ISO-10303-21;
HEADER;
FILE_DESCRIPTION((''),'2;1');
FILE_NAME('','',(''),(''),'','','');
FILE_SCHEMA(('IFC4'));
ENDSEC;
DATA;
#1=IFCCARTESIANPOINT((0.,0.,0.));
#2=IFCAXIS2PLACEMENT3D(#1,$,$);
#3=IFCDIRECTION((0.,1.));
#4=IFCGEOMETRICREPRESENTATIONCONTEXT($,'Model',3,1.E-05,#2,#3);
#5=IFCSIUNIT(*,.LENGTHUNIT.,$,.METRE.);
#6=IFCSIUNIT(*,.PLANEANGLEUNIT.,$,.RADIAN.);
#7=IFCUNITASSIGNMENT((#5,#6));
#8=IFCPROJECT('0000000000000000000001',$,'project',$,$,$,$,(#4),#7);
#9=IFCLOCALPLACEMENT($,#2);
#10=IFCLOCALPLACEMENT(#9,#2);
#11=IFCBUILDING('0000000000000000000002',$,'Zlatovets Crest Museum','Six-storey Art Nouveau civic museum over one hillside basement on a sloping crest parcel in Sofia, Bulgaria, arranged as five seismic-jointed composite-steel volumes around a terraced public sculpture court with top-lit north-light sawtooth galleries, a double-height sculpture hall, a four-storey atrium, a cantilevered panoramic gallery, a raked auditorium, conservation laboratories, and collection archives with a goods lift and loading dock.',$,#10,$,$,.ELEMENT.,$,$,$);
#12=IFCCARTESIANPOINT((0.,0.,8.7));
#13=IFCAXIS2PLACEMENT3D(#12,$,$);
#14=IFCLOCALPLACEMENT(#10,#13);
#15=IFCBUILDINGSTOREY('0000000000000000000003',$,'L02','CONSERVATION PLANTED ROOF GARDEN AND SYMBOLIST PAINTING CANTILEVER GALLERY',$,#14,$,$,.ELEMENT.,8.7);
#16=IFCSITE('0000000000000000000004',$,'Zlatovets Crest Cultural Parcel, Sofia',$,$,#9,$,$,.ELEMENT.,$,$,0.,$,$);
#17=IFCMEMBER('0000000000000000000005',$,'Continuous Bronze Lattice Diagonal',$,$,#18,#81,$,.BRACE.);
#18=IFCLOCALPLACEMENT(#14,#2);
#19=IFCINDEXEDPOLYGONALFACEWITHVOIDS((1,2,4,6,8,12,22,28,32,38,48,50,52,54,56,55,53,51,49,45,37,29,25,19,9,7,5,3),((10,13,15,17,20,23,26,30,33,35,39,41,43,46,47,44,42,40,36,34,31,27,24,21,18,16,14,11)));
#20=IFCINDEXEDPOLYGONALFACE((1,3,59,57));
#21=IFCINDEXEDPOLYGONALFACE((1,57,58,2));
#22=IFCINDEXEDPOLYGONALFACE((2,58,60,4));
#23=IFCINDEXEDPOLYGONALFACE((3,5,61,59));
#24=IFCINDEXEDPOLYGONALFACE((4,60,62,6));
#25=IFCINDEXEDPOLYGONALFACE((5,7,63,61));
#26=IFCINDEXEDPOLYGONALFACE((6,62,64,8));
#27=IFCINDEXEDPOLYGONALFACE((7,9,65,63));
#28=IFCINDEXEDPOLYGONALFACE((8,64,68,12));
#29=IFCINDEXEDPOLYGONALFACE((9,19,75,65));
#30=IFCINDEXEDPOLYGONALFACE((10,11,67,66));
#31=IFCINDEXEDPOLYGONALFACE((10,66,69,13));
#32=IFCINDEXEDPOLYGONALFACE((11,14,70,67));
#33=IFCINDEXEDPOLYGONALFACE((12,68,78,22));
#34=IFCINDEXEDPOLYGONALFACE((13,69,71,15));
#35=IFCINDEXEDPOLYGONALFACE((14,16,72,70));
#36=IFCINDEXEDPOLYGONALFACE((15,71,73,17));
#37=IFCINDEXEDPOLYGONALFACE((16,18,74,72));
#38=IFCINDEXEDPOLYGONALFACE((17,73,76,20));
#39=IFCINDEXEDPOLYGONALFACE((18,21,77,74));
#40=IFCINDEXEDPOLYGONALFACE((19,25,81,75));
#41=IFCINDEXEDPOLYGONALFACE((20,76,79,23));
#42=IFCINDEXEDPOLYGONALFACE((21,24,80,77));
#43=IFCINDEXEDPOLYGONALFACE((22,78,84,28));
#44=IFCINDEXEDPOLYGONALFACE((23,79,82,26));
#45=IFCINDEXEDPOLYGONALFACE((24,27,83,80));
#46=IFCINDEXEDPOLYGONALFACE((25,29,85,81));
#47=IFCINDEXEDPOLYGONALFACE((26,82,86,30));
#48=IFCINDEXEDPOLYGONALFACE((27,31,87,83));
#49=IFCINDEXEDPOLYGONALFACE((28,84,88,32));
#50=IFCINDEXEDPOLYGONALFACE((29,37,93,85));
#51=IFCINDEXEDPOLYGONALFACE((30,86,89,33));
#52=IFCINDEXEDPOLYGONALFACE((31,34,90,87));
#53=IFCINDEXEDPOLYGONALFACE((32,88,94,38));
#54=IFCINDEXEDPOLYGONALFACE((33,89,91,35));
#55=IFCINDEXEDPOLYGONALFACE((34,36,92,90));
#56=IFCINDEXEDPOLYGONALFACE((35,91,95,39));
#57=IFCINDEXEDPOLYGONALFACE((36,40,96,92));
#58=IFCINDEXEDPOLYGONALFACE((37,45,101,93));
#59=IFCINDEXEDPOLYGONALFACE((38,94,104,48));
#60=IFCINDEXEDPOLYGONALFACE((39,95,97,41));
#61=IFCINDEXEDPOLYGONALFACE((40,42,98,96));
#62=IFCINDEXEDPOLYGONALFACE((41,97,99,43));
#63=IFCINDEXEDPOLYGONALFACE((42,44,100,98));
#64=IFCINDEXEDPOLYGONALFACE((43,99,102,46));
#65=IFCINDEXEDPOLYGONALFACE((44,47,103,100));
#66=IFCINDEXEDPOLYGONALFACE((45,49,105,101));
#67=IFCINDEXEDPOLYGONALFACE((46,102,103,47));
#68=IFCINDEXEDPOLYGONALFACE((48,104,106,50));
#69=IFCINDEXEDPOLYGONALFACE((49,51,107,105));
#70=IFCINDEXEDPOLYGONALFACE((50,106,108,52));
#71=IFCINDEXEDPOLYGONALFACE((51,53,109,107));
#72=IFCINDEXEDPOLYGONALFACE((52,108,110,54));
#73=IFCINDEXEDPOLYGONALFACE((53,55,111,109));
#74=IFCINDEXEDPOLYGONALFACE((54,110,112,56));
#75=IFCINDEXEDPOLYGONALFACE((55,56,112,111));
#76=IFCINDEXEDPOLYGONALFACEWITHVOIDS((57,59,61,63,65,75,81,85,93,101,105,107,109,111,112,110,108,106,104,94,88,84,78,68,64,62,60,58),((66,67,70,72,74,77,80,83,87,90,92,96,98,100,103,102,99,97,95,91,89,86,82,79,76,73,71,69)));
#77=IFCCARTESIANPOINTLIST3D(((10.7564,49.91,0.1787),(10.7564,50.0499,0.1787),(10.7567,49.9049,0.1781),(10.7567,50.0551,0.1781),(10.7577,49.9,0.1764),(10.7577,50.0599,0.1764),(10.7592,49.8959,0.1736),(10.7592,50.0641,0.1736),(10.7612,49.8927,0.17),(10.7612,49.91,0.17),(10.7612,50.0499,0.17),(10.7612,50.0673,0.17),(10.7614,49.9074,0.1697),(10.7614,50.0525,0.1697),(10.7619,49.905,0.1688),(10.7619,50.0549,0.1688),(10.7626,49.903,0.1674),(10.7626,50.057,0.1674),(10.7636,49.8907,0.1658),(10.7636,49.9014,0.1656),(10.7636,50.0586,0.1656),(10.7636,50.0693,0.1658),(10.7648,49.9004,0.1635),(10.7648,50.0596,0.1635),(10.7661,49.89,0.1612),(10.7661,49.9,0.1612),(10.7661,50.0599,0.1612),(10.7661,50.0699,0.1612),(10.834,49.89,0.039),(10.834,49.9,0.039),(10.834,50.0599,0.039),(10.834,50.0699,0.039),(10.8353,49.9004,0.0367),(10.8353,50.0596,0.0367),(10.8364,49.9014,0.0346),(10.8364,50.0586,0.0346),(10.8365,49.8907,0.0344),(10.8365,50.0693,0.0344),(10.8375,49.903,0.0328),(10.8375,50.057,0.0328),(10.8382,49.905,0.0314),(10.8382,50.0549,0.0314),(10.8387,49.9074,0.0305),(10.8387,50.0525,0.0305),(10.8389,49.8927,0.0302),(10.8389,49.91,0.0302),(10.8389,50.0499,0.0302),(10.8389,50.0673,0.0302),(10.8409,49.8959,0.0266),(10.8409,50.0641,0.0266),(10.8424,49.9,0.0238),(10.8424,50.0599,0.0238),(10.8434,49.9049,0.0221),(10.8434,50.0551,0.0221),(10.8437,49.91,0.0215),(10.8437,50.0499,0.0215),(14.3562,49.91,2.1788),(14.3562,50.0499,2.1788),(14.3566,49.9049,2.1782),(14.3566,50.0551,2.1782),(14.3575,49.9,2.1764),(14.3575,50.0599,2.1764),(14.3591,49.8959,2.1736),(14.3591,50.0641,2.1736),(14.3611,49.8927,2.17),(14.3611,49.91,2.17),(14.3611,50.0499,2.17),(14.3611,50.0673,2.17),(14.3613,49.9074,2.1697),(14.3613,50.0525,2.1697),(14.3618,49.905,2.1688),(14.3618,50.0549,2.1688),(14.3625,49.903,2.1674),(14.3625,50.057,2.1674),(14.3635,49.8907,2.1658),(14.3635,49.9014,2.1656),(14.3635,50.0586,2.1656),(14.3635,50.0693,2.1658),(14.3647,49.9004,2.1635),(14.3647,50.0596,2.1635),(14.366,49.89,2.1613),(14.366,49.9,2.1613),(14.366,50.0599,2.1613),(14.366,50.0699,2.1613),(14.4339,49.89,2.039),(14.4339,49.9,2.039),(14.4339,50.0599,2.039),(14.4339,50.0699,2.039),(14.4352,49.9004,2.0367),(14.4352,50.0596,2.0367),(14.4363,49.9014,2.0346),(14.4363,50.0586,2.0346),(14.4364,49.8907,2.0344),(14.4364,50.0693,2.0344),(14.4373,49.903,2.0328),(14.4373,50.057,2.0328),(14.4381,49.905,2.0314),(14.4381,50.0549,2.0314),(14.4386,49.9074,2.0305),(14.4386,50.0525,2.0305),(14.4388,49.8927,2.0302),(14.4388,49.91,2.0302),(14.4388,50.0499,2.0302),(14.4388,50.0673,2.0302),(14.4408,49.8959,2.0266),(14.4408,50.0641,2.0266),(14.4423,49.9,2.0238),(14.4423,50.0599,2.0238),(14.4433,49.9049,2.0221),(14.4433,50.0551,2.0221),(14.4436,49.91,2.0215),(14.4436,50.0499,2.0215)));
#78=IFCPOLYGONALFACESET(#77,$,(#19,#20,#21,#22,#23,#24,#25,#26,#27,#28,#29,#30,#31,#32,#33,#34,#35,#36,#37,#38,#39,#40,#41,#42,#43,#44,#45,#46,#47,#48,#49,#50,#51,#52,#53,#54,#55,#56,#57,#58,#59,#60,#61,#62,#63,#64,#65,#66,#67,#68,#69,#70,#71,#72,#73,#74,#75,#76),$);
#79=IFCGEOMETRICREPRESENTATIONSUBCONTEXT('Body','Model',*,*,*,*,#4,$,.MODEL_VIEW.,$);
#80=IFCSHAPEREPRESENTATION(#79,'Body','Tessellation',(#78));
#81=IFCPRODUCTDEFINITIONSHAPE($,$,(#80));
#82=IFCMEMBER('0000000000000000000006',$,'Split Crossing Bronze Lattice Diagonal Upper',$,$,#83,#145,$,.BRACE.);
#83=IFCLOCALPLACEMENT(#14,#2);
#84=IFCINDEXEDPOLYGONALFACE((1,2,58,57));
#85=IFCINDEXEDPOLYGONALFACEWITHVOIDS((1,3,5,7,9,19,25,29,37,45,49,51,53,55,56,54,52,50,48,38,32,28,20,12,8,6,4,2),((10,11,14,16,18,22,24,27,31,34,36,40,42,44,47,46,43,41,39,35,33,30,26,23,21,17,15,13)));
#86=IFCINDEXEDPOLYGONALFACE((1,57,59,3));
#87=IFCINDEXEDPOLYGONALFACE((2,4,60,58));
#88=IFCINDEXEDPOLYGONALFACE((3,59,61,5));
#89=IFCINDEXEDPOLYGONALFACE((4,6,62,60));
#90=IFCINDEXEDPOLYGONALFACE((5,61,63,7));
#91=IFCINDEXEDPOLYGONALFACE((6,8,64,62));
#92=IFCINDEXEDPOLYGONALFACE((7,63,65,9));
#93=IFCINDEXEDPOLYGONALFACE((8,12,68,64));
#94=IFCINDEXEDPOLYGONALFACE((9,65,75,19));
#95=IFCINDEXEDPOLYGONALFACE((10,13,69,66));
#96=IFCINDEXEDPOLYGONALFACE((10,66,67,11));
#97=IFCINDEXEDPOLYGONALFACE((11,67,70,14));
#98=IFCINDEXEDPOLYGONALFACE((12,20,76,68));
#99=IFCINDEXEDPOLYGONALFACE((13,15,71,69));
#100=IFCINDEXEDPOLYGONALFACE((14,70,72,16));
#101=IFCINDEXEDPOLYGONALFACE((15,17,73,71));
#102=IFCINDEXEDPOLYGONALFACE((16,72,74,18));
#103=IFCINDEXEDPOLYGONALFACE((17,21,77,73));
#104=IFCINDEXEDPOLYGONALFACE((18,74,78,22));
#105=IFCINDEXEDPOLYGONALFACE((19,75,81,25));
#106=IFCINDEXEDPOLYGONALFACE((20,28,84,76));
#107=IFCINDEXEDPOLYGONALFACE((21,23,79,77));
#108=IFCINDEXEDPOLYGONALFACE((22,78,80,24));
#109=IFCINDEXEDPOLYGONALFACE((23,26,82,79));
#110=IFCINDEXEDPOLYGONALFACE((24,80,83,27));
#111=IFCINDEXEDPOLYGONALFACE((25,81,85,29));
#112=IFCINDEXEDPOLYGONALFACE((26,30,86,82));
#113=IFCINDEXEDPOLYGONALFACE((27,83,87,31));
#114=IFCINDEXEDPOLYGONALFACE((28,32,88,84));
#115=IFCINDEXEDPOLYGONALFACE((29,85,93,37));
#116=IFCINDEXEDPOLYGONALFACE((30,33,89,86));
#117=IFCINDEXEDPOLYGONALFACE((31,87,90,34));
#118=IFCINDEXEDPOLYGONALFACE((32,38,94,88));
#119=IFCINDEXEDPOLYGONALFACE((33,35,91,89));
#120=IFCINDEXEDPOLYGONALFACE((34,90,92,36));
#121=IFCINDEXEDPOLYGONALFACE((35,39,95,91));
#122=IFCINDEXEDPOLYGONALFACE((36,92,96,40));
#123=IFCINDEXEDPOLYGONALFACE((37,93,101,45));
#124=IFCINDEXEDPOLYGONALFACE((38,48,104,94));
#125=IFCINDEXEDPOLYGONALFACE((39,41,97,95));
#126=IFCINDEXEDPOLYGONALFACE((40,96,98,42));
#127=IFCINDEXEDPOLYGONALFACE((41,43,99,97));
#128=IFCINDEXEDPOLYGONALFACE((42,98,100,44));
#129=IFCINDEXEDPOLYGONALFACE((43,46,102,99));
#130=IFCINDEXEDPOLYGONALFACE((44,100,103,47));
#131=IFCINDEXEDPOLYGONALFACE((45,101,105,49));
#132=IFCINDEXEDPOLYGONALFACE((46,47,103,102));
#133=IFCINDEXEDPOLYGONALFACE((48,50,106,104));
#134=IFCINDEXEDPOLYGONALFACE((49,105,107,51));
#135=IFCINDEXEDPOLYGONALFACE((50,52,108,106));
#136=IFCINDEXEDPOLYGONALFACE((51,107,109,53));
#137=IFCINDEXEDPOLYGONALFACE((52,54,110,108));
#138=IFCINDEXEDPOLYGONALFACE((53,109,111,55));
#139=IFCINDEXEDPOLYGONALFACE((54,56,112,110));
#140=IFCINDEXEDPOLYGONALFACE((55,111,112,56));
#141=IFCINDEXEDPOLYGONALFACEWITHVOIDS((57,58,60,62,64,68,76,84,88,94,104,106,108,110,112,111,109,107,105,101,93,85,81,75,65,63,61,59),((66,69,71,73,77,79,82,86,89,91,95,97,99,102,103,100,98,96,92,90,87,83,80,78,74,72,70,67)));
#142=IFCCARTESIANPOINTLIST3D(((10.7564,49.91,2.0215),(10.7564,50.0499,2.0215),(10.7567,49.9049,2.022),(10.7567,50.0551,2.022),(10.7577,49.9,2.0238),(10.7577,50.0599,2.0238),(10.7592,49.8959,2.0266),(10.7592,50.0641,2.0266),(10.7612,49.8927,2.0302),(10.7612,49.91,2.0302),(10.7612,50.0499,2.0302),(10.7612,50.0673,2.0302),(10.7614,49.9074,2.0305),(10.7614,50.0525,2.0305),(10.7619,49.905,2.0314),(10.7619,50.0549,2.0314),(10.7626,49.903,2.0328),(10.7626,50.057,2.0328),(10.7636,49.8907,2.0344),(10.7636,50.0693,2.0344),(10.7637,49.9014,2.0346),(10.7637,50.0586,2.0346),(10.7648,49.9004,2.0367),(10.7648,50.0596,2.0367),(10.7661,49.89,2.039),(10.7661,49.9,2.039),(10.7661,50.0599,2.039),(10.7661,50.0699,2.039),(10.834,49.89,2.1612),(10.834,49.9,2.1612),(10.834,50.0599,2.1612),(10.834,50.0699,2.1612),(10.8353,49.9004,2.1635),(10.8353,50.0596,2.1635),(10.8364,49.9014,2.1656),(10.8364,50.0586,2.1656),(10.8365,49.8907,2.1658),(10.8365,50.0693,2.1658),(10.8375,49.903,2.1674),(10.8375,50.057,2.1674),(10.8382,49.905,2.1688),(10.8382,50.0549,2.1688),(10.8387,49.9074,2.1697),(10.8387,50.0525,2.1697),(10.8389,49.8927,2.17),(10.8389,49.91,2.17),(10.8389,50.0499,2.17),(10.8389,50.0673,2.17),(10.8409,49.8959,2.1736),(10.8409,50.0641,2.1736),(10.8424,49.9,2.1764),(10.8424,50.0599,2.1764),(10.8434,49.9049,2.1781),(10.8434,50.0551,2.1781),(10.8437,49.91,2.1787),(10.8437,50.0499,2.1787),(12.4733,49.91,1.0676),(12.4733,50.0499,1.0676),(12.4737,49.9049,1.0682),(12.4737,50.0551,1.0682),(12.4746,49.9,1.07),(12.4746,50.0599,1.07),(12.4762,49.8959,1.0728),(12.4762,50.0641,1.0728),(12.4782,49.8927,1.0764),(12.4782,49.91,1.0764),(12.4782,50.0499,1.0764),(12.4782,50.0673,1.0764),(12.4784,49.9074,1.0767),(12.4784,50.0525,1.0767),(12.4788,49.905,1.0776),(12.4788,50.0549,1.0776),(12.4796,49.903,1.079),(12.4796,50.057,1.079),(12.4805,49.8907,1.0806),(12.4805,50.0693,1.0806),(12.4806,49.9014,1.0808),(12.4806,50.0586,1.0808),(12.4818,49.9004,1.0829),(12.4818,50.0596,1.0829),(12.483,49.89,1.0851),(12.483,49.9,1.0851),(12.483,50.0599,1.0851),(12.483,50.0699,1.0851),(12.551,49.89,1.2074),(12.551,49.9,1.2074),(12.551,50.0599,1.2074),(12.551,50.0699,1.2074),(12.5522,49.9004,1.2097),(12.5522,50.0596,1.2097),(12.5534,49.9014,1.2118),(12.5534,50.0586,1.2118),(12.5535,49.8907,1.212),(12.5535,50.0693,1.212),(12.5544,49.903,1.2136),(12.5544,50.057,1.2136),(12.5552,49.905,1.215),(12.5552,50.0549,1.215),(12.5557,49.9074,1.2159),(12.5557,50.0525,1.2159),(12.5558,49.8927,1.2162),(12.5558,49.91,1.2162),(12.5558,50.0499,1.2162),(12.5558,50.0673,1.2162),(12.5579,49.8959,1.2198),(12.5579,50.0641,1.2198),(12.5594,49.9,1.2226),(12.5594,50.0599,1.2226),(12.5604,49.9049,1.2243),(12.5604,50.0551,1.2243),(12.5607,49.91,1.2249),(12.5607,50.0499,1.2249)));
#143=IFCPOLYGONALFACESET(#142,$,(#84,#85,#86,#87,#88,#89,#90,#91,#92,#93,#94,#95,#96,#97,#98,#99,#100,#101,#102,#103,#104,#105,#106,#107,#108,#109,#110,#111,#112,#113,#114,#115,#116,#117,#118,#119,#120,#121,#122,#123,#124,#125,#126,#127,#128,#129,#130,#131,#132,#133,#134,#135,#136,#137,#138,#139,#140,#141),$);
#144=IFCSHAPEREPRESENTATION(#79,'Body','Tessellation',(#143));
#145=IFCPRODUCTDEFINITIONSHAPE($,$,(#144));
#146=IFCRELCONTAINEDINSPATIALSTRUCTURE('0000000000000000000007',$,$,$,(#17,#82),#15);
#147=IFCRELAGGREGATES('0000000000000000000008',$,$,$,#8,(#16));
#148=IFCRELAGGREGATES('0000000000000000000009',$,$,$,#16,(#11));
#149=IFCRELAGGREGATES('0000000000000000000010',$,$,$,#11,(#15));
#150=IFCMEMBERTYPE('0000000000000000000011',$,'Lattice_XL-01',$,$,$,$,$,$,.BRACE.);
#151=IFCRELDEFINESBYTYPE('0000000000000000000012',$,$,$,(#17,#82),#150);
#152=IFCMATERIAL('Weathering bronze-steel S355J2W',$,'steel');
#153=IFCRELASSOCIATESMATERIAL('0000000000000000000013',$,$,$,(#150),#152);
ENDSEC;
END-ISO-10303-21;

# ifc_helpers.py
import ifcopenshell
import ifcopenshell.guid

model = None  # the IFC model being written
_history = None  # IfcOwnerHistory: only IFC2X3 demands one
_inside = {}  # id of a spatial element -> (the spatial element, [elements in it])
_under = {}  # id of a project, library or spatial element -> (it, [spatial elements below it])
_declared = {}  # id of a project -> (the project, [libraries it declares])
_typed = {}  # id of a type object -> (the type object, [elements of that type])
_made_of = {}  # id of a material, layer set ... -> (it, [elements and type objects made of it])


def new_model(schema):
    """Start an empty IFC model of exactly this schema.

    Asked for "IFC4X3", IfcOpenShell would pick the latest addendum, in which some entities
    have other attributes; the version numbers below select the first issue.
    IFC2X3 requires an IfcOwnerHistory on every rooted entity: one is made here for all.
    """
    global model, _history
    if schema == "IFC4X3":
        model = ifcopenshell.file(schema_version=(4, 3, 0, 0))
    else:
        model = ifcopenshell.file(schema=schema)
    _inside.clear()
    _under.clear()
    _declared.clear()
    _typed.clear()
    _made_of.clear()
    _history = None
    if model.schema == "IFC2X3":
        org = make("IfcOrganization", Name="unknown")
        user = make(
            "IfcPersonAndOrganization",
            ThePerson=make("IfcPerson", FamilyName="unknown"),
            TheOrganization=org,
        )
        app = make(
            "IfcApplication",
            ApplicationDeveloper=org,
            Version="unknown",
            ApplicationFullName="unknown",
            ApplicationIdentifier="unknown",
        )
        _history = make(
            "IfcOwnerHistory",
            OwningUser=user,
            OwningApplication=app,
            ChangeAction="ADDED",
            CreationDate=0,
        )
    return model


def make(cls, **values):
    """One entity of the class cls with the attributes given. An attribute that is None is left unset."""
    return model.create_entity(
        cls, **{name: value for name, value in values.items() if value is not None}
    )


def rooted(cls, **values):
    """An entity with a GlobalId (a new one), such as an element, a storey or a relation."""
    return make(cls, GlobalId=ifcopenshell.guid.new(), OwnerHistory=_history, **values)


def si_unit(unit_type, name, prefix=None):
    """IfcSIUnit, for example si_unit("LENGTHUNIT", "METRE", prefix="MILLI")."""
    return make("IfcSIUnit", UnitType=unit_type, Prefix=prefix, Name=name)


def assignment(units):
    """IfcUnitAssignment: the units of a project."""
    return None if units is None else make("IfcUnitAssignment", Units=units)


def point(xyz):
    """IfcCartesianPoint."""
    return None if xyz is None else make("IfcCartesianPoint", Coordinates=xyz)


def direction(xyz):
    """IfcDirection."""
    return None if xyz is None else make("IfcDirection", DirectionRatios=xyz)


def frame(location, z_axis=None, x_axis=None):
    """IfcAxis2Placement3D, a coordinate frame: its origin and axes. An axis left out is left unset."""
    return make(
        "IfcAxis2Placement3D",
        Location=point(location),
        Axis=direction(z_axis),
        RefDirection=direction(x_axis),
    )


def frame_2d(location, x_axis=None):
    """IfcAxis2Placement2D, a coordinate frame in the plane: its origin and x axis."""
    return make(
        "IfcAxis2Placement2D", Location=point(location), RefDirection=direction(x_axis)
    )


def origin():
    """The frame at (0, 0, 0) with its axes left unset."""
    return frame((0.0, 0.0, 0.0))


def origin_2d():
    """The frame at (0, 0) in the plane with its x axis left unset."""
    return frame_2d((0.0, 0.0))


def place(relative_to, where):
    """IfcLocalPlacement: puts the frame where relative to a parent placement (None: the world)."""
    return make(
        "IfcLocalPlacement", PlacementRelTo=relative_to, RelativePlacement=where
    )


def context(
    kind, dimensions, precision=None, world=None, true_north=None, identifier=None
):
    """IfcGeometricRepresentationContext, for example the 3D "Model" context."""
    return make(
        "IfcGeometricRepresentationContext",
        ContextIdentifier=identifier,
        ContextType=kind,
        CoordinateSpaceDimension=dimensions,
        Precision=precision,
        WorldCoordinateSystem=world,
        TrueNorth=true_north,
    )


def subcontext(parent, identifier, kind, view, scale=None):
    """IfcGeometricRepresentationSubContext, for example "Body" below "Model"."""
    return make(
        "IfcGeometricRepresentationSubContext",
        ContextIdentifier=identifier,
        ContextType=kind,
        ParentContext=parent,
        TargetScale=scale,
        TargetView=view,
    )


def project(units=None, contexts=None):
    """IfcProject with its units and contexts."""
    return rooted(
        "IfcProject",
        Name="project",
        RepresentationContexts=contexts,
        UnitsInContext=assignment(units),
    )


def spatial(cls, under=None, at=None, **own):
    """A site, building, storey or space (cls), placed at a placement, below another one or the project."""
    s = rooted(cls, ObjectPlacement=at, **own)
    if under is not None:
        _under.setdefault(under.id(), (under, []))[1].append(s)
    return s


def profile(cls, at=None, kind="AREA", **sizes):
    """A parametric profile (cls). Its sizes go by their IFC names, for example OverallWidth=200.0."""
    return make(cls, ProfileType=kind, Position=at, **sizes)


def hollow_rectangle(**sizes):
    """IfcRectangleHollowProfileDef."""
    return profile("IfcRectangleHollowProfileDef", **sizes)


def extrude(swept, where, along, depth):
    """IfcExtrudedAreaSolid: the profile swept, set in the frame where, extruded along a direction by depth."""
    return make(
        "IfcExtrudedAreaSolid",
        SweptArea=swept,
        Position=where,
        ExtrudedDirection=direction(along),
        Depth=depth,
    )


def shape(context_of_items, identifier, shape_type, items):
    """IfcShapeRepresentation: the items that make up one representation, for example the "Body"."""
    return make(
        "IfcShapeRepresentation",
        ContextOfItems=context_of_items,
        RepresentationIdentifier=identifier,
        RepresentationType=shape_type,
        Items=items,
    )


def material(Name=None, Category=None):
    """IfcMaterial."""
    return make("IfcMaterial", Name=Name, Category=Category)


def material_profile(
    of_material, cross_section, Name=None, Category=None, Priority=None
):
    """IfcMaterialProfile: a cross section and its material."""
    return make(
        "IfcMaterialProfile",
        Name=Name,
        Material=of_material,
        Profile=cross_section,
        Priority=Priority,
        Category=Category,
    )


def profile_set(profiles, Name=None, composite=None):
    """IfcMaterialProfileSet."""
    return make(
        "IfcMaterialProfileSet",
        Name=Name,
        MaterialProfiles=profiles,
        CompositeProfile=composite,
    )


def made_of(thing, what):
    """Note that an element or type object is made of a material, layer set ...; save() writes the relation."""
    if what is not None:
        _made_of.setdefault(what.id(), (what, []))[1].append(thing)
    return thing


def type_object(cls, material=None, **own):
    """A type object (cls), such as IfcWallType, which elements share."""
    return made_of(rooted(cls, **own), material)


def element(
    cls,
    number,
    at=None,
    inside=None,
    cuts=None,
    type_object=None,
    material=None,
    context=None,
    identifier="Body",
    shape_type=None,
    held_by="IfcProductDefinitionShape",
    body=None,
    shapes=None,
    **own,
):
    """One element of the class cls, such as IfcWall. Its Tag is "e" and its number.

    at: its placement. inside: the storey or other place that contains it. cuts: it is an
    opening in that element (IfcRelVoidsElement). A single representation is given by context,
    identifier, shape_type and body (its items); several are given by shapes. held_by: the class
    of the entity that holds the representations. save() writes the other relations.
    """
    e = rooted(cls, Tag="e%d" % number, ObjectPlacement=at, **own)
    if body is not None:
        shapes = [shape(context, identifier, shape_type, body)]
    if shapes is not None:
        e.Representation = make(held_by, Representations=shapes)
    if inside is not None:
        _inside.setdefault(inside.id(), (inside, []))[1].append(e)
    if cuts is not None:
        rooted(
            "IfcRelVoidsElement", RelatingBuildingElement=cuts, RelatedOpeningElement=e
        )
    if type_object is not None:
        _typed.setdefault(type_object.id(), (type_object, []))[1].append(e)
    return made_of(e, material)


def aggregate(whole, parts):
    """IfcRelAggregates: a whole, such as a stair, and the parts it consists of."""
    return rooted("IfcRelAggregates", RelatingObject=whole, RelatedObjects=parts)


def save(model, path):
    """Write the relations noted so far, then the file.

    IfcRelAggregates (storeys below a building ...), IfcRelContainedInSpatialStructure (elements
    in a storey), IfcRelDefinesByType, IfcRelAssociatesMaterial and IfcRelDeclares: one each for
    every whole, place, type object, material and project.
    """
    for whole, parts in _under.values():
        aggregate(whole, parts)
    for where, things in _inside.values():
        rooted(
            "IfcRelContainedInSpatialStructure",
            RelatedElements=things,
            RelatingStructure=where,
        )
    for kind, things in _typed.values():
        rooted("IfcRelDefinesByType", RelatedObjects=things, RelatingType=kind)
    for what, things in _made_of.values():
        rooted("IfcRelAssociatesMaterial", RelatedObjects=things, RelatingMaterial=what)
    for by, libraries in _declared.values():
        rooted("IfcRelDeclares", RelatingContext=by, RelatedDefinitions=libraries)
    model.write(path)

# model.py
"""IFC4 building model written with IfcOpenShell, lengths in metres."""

from ifc_helpers import new_model, si_unit, direction, frame, origin, origin_2d, place, context, subcontext, project, spatial, hollow_rectangle, extrude, material, material_profile, profile_set, type_object, element, save


model = new_model("IFC4")

# Units and contexts
model_context = context("Model", 3, precision=1e-05, world=origin(), true_north=direction((0.0, 1.0)))
body_context = subcontext(model_context, "Body", "Model", "MODEL_VIEW")
ifc_project = project(units=[si_unit("LENGTHUNIT", "METRE"), si_unit("PLANEANGLEUNIT", "RADIAN")], contexts=[model_context])

# Site, building, storey
site_placement = place(None, origin())
site = spatial("IfcSite", under=ifc_project, at=site_placement, Name="Zlatovets Crest Cultural Parcel, Sofia", CompositionType="ELEMENT", RefElevation=0.0)
building_placement = place(site_placement, origin())
building = spatial("IfcBuilding", under=site, at=building_placement, Name="Zlatovets Crest Museum", Description="Six-storey Art Nouveau civic museum over one hillside basement on a sloping crest parcel in Sofia, Bulgaria, arranged as five seismic-jointed composite-steel volumes around a terraced public sculpture court with top-lit north-light sawtooth galleries, a double-height sculpture hall, a four-storey atrium, a cantilevered panoramic gallery, a raked auditorium, conservation laboratories, and collection archives with a goods lift and loading dock.", CompositionType="ELEMENT")
storey_placement = place(building_placement, frame((0.0, 0.0, 8.7)))
storey = spatial("IfcBuildingStorey", under=building, at=storey_placement, Name="L02", Description="CONSERVATION PLANTED ROOF GARDEN AND SYMBOLIST PAINTING CANTILEVER GALLERY", CompositionType="ELEMENT", Elevation=8.7)

# Members
ifc_material_1 = material(Name="Weathering bronze-steel S355J2W", Category="steel")
ifc_material_profile_1 = material_profile(ifc_material_1, hollow_rectangle(XDim=0.1799, YDim=0.1799, WallThickness=0.01, InnerFilletRadius=0.01, OuterFilletRadius=0.02, at=origin_2d()), Name="SHS 180x180x10.0")
ifc_profile_set_1 = profile_set([ifc_material_profile_1], Name="Weathering bronze-steel S355J2W")
member_type_1 = type_object("IfcMemberType", Name="Lattice_XL-01", PredefinedType="BRACE", material=ifc_profile_set_1)
member_1_placement = place(storey_placement, frame((10.8, 49.98, 0.1001), z_axis=(0.874149, 0.0, 0.485658), x_axis=(0.0, 1.0, 0.0)))
element("IfcMember", 1, at=member_1_placement, inside=storey, type_object=member_type_1, Name="Continuous Bronze Lattice Diagonal", PredefinedType="BRACE", context=body_context, shape_type="SweptSolid", body=[
    extrude(hollow_rectangle(XDim=0.1799, YDim=0.1799, WallThickness=0.01, InnerFilletRadius=0.01, OuterFilletRadius=0.02, at=origin_2d()), origin(), (0.0, 0.0, 1.0), 4.1182),
])
member_2_placement = place(storey_placement, frame((10.8, 49.98, 2.1001), z_axis=(0.874169, 0.0, -0.485622), x_axis=(0.0, 1.0, 0.0)))
element("IfcMember", 2, at=member_2_placement, inside=storey, type_object=member_type_1, Name="Split Crossing Bronze Lattice Diagonal Upper", PredefinedType="BRACE", context=body_context, shape_type="SweptSolid", body=[
    extrude(hollow_rectangle(XDim=0.1799, YDim=0.1799, WallThickness=0.01, InnerFilletRadius=0.01, OuterFilletRadius=0.02, at=origin_2d()), origin(), (0.0, 0.0, 1.0), 1.9641),
])

save(model, "model.ifc")
